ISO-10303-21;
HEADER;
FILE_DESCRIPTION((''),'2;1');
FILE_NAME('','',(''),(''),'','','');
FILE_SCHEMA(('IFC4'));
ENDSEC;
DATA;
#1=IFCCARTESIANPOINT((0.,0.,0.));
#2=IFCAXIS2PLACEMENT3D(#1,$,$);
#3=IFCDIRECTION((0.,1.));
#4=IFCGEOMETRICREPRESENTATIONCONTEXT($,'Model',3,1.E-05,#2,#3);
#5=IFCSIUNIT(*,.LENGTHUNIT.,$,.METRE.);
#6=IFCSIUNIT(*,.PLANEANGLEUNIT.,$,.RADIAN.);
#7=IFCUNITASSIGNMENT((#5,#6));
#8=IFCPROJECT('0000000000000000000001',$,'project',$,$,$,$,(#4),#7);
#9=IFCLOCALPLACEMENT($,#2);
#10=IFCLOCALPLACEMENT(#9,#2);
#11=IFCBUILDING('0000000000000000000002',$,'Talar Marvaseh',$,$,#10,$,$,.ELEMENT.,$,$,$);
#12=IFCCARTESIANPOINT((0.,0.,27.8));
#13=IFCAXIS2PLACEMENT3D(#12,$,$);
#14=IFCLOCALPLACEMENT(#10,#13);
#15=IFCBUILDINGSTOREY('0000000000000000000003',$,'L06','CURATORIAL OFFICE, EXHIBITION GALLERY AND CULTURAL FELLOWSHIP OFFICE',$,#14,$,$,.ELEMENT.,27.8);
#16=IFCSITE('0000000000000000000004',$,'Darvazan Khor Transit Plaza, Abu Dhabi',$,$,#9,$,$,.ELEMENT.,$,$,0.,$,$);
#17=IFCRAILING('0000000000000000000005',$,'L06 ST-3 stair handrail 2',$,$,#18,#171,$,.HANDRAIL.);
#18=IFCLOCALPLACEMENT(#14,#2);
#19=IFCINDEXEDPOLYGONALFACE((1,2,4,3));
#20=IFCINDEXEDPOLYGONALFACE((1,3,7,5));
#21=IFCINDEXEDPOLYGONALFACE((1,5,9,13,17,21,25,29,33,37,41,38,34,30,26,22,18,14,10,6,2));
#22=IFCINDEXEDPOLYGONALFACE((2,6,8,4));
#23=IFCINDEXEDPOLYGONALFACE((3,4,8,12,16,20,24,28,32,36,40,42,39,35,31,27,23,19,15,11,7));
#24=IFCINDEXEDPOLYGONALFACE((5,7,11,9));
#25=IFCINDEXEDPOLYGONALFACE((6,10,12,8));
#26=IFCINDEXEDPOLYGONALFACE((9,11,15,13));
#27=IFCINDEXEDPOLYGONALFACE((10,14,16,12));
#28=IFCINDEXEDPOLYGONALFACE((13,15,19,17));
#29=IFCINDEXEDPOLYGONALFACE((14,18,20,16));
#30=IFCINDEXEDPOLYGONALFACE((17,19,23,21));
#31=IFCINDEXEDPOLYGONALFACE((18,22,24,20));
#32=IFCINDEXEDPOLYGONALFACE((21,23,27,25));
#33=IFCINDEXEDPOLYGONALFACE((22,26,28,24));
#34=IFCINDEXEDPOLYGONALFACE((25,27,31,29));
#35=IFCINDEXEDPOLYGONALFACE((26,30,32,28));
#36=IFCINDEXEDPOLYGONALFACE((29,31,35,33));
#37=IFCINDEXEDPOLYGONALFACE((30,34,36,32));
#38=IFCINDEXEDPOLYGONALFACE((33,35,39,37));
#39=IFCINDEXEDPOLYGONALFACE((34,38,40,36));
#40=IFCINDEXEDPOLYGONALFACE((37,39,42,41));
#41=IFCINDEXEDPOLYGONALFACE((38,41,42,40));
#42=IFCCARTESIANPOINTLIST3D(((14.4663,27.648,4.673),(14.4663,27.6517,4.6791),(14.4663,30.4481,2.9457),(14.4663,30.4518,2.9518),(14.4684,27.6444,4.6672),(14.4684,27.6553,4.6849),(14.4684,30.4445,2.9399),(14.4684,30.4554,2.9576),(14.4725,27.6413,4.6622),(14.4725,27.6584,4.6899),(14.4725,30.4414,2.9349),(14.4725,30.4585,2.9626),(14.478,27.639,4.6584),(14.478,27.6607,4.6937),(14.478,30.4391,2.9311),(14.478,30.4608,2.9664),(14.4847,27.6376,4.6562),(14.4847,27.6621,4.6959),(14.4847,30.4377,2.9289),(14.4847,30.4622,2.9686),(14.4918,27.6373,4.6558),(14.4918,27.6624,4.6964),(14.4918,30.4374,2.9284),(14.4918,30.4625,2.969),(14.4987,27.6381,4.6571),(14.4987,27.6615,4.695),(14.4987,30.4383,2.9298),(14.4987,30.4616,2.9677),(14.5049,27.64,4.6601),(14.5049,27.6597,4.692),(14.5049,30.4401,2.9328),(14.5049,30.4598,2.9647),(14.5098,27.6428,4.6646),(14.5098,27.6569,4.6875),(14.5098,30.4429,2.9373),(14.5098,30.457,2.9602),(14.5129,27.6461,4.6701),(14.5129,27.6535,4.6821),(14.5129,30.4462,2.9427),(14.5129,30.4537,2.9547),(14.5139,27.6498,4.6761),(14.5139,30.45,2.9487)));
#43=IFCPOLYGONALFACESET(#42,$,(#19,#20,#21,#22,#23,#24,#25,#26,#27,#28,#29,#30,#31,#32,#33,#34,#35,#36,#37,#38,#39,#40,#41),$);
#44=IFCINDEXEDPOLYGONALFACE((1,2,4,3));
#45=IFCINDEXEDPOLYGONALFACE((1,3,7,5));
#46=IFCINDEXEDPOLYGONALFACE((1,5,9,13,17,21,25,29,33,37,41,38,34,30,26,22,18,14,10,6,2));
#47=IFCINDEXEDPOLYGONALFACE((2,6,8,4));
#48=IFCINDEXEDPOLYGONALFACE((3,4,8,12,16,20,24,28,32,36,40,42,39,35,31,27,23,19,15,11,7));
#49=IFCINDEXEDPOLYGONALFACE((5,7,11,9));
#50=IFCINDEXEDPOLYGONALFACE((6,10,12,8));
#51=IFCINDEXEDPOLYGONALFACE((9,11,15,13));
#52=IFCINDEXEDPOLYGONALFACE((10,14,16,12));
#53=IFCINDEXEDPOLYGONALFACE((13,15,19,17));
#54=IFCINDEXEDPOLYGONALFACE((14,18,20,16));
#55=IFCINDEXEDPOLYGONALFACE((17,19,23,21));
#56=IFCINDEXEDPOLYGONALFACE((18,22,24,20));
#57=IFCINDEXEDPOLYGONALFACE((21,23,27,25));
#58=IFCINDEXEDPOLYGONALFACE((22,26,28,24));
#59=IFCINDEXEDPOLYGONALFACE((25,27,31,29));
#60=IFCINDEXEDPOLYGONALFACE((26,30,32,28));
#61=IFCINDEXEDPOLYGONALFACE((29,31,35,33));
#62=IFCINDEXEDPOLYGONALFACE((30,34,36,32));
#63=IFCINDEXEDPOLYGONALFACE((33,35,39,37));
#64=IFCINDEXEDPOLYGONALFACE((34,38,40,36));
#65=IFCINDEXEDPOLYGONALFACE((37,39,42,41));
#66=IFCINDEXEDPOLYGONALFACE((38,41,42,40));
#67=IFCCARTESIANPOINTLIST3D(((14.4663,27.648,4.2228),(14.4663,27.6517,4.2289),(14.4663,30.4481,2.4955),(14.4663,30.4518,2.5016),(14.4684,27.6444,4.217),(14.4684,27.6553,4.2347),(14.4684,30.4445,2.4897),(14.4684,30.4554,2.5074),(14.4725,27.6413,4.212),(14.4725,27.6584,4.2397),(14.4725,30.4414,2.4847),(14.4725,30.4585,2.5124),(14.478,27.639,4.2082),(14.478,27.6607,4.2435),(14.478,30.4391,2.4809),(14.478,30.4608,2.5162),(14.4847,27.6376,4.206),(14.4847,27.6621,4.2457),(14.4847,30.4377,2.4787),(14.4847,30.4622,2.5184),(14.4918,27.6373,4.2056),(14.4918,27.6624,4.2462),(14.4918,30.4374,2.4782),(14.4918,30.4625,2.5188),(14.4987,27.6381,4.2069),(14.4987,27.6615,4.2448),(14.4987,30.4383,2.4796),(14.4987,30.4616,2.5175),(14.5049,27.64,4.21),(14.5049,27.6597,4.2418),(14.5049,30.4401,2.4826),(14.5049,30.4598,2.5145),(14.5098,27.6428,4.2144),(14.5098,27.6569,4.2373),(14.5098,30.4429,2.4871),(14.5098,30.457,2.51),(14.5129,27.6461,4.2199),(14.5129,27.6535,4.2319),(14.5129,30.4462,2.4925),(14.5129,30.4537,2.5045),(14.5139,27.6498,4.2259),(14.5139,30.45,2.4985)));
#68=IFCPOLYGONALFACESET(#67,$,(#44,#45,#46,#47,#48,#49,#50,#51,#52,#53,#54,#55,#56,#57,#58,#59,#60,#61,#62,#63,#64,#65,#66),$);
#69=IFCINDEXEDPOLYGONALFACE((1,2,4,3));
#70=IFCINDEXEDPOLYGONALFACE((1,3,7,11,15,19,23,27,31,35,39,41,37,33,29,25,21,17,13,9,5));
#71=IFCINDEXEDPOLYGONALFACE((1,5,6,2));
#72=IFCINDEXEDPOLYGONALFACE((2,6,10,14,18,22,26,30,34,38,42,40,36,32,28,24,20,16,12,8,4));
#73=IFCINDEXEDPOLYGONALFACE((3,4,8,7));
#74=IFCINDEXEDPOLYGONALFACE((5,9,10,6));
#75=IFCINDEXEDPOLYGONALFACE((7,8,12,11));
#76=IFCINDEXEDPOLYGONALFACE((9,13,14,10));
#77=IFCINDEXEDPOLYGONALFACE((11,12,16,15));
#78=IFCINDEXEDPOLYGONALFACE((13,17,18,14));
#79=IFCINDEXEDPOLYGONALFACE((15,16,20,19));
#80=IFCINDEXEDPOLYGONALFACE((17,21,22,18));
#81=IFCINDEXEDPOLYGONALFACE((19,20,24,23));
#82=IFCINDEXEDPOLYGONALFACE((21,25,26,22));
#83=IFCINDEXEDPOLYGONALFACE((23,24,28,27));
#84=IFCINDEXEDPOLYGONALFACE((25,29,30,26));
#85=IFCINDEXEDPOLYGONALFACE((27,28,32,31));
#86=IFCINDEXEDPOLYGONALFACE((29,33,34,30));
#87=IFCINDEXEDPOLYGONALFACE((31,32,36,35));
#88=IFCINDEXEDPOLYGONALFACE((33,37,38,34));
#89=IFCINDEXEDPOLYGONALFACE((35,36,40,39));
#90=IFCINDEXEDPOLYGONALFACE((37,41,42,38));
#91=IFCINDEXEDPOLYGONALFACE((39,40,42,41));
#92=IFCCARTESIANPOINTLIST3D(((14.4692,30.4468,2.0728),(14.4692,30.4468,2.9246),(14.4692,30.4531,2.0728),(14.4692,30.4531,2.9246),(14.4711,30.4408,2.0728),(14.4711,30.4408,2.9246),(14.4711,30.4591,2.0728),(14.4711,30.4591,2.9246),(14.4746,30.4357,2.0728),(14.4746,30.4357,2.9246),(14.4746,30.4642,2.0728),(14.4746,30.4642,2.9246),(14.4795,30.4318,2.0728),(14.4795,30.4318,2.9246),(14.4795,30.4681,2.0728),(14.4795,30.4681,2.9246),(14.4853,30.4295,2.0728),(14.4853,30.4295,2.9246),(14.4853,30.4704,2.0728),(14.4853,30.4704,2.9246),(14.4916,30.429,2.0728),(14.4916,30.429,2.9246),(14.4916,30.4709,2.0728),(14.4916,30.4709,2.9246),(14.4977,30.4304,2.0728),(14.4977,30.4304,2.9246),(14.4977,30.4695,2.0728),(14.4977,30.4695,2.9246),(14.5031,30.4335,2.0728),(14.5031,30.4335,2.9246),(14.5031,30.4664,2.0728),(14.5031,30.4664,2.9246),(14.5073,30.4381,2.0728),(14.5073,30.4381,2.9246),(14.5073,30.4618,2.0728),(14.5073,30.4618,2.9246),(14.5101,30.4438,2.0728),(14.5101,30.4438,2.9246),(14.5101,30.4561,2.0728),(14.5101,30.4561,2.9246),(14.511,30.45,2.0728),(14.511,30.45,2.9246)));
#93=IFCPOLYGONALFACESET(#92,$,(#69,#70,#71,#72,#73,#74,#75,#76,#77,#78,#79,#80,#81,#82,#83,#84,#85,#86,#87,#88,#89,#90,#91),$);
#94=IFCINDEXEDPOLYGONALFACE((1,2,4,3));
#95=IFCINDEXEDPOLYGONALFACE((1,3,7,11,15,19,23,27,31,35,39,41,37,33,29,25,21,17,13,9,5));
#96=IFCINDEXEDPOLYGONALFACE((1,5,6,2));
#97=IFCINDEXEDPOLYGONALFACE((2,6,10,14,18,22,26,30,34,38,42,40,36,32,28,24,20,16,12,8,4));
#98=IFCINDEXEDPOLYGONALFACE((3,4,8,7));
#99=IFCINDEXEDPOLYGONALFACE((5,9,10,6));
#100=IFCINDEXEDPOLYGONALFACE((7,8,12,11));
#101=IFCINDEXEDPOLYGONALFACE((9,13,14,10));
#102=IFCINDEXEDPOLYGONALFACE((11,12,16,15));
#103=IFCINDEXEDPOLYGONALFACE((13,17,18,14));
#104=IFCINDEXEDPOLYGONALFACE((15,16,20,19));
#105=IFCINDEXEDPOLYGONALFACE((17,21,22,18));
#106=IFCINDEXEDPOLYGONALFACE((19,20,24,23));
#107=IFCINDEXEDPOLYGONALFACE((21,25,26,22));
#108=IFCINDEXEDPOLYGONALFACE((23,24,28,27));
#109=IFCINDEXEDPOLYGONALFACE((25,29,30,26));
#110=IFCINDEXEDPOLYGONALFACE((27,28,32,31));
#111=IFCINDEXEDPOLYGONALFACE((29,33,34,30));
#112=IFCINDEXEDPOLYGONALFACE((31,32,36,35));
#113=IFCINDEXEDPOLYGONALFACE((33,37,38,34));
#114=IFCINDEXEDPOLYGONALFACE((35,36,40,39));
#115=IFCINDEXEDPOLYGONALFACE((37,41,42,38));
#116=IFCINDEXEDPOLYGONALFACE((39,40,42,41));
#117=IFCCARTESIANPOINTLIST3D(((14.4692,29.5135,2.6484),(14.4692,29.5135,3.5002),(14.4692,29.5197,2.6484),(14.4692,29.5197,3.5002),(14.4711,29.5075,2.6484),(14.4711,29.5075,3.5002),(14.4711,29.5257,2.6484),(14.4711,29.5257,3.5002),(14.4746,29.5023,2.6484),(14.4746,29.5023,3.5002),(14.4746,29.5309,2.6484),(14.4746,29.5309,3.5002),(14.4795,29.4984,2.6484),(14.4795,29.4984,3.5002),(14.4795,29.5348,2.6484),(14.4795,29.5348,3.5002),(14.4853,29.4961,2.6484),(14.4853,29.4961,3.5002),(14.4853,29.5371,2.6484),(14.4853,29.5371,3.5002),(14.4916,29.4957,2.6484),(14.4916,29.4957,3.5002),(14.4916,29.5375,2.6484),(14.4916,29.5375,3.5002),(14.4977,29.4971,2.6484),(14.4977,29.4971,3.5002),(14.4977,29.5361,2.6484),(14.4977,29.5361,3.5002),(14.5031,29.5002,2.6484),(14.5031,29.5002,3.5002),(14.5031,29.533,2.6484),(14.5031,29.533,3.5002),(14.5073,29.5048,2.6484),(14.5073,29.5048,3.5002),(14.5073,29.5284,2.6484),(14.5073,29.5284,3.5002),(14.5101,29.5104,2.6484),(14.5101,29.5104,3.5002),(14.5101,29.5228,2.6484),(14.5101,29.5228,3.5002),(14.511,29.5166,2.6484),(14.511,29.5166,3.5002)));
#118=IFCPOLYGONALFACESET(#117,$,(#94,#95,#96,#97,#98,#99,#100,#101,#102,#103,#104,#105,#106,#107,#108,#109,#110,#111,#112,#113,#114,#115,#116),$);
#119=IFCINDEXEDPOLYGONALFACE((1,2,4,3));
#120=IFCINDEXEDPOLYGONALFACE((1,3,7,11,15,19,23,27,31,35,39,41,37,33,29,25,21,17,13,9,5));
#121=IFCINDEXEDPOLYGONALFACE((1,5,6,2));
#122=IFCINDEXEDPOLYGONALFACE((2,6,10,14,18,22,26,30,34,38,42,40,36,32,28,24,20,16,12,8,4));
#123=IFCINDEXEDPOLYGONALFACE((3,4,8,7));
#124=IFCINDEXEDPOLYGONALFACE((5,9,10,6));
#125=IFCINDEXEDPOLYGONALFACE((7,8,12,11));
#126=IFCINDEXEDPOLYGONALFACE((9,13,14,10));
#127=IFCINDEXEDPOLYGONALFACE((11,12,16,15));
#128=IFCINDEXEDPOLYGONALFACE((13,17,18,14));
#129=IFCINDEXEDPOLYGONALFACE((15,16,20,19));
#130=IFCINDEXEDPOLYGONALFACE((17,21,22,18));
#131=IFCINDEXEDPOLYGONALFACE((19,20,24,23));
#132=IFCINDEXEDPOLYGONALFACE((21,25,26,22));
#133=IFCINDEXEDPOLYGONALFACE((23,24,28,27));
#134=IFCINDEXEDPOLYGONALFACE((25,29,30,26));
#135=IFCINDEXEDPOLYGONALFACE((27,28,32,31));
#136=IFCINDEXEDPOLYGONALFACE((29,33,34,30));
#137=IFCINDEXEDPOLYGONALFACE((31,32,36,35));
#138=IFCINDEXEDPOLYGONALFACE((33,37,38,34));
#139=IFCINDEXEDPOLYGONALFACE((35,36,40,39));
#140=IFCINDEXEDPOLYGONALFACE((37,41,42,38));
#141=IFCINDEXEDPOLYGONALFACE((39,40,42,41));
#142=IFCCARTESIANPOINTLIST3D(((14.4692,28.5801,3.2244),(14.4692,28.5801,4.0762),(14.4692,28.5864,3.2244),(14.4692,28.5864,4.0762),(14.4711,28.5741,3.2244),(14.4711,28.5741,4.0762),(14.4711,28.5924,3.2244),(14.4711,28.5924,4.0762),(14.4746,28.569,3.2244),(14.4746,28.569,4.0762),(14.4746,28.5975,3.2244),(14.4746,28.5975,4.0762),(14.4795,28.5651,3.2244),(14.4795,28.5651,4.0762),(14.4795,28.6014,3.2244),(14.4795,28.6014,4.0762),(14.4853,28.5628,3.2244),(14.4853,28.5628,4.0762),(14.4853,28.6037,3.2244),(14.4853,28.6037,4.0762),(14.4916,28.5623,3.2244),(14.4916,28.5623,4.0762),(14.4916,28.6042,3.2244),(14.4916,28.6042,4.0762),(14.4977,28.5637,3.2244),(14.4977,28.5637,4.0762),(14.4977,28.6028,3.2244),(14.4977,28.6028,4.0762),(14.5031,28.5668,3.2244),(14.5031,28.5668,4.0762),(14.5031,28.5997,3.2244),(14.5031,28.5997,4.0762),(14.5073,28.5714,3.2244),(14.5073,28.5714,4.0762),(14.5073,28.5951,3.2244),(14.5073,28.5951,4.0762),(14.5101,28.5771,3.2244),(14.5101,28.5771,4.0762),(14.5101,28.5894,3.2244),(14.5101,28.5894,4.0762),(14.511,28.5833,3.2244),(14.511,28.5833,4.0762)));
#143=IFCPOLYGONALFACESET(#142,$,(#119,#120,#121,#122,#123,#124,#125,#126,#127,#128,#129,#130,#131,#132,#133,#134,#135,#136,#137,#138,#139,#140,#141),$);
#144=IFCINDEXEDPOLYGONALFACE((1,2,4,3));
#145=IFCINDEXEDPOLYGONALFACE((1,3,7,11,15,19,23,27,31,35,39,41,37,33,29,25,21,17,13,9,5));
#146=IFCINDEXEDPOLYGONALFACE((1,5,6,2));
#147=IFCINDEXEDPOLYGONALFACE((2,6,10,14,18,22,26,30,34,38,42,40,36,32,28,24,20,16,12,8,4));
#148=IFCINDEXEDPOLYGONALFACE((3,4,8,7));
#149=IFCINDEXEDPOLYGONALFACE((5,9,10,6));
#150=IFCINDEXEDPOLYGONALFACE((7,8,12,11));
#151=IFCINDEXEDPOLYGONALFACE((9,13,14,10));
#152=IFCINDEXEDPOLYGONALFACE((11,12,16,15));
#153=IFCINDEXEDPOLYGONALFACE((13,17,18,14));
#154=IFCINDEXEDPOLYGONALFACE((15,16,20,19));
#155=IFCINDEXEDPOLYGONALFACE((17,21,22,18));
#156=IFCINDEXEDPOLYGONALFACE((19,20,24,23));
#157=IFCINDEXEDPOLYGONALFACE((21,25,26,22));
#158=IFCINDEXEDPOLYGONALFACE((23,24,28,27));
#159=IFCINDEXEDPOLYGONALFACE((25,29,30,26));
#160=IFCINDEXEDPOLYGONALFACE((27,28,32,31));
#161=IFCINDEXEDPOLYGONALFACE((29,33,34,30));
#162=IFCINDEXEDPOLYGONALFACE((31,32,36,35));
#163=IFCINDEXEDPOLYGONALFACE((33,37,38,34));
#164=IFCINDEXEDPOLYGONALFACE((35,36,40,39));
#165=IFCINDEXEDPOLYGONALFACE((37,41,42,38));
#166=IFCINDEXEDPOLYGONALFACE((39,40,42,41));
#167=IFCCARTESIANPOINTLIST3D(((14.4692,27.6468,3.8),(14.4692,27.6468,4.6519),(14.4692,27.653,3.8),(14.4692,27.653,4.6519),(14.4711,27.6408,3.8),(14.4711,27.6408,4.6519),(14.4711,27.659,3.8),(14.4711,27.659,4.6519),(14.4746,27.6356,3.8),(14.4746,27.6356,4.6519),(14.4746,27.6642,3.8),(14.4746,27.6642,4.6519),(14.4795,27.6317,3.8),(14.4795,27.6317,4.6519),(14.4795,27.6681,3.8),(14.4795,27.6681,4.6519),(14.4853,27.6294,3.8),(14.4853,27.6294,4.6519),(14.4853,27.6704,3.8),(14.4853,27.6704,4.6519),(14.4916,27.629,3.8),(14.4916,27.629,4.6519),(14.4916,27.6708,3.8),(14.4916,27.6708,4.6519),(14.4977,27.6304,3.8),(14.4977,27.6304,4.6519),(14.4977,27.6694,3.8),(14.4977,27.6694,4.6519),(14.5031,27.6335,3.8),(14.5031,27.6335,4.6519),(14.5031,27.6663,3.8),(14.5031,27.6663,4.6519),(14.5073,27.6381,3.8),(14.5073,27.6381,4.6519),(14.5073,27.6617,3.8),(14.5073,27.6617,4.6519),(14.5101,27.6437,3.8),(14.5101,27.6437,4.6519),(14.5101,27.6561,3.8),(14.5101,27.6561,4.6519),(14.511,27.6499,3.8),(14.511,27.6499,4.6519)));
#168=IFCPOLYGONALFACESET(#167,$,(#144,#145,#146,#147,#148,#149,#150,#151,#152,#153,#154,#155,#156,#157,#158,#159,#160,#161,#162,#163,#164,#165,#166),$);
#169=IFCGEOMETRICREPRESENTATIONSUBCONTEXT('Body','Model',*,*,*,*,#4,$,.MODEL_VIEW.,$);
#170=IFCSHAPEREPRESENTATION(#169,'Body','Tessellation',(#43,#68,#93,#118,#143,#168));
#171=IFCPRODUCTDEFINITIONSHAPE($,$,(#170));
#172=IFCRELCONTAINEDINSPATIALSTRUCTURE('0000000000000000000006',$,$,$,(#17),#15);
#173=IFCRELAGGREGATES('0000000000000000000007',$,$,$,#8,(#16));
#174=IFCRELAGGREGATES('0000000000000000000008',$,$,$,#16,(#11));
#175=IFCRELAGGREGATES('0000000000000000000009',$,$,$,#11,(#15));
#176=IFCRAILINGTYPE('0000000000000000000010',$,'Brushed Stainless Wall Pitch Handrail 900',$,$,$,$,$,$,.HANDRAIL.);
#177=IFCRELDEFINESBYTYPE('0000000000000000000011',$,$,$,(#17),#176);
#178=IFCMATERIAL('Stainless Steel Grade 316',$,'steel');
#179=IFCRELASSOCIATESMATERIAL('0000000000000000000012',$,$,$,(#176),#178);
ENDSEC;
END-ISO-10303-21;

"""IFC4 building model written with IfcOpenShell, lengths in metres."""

from ifc_helpers import new_model, si_unit, direction, frame, origin, origin_2d, place, context, subcontext, project, spatial, circle, extrude, material, type_object, element, save


model = new_model("IFC4")

# Units and contexts
model_context = context("Model", 3, precision=1e-05, world=origin(), true_north=direction((0.0, 1.0)))
body_context = subcontext(model_context, "Body", "Model", "MODEL_VIEW")
ifc_project = project(units=[si_unit("LENGTHUNIT", "METRE"), si_unit("PLANEANGLEUNIT", "RADIAN")], contexts=[model_context])

# Site, building, storey
site_placement = place(None, origin())
site = spatial("IfcSite", under=ifc_project, at=site_placement, Name="Darvazan Khor Transit Plaza, Abu Dhabi", CompositionType="ELEMENT", RefElevation=0.0)
building_placement = place(site_placement, origin())
building = spatial("IfcBuilding", under=site, at=building_placement, Name="Talar Marvaseh", CompositionType="ELEMENT")
storey_placement = place(building_placement, frame((0.0, 0.0, 27.8)))
storey = spatial("IfcBuildingStorey", under=building, at=storey_placement, Name="L06", Description="CURATORIAL OFFICE, EXHIBITION GALLERY AND CULTURAL FELLOWSHIP OFFICE", CompositionType="ELEMENT", Elevation=27.8)

# Railing
ifc_material_1 = material(Name="Stainless Steel Grade 316", Category="steel")
railing_type_1 = type_object("IfcRailingType", Name="Brushed Stainless Wall Pitch Handrail 900", PredefinedType="HANDRAIL", material=ifc_material_1)
railing_1_placement = place(storey_placement, frame((14.49, 30.45, 2.0728)))
element("IfcRailing", 1, at=railing_1_placement, inside=storey, type_object=railing_type_1, Name="L06 ST-3 stair handrail 2", PredefinedType="HANDRAIL", context=body_context, shape_type="SweptSolid", body=[
    extrude(circle(Radius=0.0239, at=origin_2d()), frame((0.0, 0.0, 0.876), z_axis=(0.0, -0.85109, 0.52502), x_axis=(1.0, 0.0, 0.0)), (0.0, 0.0, 1.0), 3.29),
    extrude(circle(Radius=0.0239, at=origin_2d()), frame((0.0, 0.0, 0.4258), z_axis=(0.0, -0.85109, 0.52502), x_axis=(1.0, 0.0, 0.0)), (0.0, 0.0, 1.0), 3.29),
    extrude(circle(Radius=0.021, at=origin_2d()), origin(), (0.0, 0.0, 1.0), 0.8518),
    extrude(circle(Radius=0.021, at=origin_2d()), frame((0.0, -0.9333, 0.5757)), (0.0, 0.0, 1.0), 0.8518),
    extrude(circle(Radius=0.021, at=origin_2d()), frame((0.0, -1.8667, 1.1516)), (0.0, 0.0, 1.0), 0.8518),
    extrude(circle(Radius=0.021, at=origin_2d()), frame((0.0, -2.8, 1.7273)), (0.0, 0.0, 1.0), 0.8518),
])

save(model, "model.ifc")
